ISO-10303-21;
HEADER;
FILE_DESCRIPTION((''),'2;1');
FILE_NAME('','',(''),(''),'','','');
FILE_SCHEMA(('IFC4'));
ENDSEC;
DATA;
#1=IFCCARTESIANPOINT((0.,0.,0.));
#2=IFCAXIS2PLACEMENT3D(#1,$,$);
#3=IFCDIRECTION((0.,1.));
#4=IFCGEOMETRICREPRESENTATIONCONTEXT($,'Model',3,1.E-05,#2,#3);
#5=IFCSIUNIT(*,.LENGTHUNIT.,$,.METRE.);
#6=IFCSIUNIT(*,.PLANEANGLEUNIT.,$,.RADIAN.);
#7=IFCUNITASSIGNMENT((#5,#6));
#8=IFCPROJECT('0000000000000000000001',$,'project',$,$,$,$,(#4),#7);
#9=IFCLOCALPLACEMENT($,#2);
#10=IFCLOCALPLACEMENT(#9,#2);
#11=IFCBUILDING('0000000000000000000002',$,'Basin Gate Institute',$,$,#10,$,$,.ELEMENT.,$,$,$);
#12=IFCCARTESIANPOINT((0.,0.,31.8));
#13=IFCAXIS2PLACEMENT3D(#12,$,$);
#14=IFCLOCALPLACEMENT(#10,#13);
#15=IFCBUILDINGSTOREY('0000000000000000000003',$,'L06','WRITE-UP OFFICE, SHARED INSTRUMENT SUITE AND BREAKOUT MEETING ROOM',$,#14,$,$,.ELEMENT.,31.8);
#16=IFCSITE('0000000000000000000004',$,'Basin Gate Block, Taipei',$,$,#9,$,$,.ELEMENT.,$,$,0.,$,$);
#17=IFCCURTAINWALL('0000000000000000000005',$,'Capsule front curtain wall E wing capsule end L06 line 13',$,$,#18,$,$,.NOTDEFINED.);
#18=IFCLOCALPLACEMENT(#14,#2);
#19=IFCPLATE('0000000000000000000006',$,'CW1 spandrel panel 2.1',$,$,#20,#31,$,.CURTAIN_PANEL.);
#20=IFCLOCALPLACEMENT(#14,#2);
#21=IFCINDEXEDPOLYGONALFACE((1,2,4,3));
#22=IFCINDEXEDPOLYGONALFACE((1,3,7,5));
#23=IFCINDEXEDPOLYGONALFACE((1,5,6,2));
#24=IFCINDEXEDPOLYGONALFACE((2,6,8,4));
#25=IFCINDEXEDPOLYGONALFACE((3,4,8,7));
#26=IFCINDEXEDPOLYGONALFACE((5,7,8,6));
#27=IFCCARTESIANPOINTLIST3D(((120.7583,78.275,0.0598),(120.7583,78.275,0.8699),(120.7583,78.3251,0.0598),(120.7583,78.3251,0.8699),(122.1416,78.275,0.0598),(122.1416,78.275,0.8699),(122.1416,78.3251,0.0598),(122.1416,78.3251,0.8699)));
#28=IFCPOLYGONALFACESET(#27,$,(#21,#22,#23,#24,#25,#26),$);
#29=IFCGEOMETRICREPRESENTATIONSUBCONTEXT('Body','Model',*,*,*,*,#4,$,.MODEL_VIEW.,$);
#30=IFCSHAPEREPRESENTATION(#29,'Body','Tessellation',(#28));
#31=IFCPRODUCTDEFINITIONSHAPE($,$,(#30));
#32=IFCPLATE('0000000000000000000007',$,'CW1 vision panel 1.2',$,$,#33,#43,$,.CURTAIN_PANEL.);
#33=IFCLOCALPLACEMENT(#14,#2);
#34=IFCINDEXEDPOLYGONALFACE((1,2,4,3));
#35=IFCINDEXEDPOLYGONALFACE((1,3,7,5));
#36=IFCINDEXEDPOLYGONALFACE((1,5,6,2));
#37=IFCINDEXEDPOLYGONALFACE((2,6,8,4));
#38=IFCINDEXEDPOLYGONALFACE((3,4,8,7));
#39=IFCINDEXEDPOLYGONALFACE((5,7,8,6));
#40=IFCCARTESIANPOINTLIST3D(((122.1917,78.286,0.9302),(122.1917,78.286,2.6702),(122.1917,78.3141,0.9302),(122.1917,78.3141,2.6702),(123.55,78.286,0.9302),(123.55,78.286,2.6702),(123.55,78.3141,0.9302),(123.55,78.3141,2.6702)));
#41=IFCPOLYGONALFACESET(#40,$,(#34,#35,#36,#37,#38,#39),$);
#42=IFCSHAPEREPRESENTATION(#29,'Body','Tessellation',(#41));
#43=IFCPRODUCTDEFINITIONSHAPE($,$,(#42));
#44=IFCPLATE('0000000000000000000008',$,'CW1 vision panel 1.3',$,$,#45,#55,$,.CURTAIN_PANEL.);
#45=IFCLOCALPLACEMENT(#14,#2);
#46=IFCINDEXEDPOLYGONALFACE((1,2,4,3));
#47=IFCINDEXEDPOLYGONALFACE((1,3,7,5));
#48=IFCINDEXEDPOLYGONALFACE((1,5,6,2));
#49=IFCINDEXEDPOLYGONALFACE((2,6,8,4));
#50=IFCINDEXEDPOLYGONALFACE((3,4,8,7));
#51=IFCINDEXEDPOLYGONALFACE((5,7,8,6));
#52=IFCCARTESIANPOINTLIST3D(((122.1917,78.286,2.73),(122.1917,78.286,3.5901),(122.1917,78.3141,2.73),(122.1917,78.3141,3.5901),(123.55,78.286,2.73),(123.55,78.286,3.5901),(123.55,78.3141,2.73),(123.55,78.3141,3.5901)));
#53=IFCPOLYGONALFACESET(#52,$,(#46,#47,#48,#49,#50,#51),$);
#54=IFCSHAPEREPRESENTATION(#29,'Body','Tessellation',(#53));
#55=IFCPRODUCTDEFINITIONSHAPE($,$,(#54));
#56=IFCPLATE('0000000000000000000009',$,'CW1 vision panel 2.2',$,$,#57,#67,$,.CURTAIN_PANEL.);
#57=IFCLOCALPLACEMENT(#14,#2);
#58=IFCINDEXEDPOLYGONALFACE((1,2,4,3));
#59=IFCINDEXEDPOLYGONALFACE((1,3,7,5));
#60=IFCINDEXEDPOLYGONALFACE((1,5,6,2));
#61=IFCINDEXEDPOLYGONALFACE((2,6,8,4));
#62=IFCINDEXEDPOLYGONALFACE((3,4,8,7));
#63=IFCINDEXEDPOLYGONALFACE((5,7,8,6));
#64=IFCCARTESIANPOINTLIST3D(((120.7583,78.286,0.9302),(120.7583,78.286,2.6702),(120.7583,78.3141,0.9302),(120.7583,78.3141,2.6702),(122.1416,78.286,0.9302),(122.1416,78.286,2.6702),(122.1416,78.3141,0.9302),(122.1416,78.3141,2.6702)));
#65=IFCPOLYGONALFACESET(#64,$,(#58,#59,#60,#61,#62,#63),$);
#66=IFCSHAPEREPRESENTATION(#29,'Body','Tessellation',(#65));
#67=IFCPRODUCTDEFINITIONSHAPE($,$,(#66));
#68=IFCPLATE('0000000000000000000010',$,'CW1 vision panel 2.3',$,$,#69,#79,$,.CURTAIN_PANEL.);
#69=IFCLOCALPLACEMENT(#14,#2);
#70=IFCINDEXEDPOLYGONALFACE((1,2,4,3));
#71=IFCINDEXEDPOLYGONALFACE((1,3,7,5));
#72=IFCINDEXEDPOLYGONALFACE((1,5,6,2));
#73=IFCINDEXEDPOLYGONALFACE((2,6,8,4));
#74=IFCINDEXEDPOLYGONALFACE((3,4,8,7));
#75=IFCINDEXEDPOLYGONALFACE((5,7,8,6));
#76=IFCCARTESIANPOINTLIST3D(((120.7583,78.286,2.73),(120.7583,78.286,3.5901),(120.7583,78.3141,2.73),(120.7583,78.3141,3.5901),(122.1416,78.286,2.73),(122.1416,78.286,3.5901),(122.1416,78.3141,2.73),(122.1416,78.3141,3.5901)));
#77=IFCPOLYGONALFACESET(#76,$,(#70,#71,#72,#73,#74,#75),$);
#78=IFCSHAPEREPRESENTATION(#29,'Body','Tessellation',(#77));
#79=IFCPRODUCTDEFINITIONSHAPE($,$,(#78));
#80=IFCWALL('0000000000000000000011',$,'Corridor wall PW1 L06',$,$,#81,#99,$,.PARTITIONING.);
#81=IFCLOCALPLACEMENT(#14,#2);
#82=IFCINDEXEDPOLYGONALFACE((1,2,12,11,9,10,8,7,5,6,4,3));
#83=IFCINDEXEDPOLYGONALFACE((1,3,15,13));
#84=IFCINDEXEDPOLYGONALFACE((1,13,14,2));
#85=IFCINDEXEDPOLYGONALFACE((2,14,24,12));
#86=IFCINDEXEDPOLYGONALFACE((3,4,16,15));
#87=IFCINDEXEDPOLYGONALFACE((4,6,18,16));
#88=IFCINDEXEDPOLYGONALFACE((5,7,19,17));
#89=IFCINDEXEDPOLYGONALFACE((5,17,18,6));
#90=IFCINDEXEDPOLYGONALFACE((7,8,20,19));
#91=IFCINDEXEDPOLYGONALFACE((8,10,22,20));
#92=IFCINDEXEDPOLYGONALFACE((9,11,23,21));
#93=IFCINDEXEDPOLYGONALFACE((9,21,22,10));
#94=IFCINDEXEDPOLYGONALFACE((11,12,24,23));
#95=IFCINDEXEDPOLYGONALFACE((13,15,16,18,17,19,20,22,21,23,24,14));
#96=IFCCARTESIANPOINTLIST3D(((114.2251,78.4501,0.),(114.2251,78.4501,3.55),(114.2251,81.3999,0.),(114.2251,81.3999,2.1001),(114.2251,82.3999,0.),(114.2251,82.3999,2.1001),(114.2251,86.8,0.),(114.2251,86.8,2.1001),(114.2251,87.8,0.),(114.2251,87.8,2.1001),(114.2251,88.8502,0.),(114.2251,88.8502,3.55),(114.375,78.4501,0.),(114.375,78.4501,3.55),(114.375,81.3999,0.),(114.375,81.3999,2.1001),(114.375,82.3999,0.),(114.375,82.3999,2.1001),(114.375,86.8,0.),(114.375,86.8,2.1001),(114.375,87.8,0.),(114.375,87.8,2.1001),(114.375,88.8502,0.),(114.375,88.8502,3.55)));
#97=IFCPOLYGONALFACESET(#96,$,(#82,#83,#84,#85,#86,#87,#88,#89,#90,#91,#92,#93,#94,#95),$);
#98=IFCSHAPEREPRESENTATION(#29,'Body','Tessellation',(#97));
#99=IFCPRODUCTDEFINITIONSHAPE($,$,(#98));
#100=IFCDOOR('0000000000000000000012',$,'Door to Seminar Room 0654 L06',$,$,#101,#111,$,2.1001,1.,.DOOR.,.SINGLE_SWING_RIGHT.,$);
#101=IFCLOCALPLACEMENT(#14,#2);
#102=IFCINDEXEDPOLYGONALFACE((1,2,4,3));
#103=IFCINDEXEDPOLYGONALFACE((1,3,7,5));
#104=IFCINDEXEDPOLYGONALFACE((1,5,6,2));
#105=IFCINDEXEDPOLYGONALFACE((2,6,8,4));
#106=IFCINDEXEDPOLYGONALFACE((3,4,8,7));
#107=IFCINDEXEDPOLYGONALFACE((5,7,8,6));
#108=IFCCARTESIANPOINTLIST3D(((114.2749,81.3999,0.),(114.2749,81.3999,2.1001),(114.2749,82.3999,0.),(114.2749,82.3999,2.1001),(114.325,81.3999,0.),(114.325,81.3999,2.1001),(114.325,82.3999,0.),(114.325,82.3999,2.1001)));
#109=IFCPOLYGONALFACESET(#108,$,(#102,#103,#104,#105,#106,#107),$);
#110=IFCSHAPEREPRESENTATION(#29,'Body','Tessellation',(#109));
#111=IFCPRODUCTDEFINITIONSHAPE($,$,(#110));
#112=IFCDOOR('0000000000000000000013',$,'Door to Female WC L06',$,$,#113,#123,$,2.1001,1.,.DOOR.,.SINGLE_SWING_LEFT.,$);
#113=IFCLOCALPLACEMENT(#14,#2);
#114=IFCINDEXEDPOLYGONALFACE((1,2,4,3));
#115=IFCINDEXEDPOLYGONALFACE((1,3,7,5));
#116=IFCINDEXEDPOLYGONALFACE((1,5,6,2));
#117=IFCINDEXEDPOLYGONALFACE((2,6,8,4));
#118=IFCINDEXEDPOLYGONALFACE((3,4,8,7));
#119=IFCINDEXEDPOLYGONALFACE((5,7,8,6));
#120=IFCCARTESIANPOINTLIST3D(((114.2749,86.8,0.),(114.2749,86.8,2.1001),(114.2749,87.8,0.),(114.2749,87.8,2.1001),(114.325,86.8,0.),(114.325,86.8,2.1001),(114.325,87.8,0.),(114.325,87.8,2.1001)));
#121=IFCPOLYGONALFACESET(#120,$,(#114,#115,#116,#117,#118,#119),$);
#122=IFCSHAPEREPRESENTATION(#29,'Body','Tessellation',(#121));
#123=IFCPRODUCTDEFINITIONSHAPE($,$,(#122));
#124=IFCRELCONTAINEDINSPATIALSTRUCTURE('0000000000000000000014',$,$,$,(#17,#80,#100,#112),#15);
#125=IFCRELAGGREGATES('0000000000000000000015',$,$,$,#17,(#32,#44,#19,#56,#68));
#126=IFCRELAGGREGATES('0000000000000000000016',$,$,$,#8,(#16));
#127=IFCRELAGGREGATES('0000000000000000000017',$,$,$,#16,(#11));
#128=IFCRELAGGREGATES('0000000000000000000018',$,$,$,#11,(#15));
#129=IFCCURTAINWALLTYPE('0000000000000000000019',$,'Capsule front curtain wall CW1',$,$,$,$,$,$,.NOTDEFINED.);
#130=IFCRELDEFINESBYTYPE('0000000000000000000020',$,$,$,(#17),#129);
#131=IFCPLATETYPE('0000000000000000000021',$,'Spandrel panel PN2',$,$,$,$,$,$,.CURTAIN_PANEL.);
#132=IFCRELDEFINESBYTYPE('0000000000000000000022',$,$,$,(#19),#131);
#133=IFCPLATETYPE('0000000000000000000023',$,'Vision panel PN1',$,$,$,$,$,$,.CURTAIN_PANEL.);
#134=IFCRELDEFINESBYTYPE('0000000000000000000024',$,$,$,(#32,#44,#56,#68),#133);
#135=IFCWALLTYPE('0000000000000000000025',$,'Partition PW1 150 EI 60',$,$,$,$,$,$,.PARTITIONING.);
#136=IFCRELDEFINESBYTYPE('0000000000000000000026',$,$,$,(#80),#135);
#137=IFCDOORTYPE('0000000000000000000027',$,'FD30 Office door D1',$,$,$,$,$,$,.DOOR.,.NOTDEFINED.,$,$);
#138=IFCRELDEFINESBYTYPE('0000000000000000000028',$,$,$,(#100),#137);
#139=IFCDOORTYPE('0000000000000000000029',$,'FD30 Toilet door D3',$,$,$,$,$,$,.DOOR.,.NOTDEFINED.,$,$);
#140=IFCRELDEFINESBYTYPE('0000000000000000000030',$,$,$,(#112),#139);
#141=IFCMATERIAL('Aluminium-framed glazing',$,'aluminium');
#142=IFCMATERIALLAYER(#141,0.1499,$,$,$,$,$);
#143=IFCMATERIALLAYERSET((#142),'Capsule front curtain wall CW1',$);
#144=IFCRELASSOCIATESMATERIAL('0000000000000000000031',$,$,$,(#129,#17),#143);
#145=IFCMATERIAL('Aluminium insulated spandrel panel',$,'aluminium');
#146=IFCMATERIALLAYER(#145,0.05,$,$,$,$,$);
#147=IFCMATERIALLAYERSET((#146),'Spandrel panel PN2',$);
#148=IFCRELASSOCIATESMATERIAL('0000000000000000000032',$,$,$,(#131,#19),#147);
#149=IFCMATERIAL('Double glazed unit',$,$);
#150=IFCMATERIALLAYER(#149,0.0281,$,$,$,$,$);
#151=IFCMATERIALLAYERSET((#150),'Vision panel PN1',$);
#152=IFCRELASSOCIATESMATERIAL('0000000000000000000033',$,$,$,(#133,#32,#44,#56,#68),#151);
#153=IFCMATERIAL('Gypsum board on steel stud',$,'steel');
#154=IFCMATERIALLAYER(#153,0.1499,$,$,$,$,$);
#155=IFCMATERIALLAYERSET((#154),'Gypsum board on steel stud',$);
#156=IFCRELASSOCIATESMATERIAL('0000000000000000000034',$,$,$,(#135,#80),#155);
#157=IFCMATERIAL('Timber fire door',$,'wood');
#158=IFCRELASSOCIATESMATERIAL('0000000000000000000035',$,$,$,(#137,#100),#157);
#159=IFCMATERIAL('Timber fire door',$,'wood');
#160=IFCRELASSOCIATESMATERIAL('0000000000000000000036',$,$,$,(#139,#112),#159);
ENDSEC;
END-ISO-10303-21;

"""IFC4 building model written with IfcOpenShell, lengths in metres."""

from ifc_helpers import new_model, si_unit, direction, frame, frame_2d, origin, origin_2d, place, context, subcontext, project, spatial, rectangle, extrude, material, layer, layer_set, type_object, element, fill, aggregate, save


model = new_model("IFC4")

# Units and contexts
model_context = context("Model", 3, precision=1e-05, world=origin(), true_north=direction((0.0, 1.0)))
body_context = subcontext(model_context, "Body", "Model", "MODEL_VIEW")
ifc_project = project(units=[si_unit("LENGTHUNIT", "METRE"), si_unit("PLANEANGLEUNIT", "RADIAN")], contexts=[model_context])

# Site, building, storey
site_placement = place(None, origin())
site = spatial("IfcSite", under=ifc_project, at=site_placement, Name="Basin Gate Block, Taipei", CompositionType="ELEMENT", RefElevation=0.0)
building_placement = place(site_placement, origin())
building = spatial("IfcBuilding", under=site, at=building_placement, Name="Basin Gate Institute", CompositionType="ELEMENT")
storey_placement = place(building_placement, frame((0.0, 0.0, 31.8)))
storey = spatial("IfcBuildingStorey", under=building, at=storey_placement, Name="L06", Description="WRITE-UP OFFICE, SHARED INSTRUMENT SUITE AND BREAKOUT MEETING ROOM", CompositionType="ELEMENT", Elevation=31.8)

# Curtain wall
ifc_material_1 = material(Name="Aluminium-framed glazing", Category="aluminium")
ifc_layer_1 = layer(ifc_material_1, 0.1499)
ifc_layer_set_1 = layer_set([ifc_layer_1], Name="Capsule front curtain wall CW1")
curtain_wall_type = type_object("IfcCurtainWallType", Name="Capsule front curtain wall CW1", PredefinedType="NOTDEFINED", material=ifc_layer_set_1)
curtain_wall_placement = place(storey_placement, origin())
curtain_wall = element("IfcCurtainWall", 1, at=curtain_wall_placement, inside=storey, type_object=curtain_wall_type, material=ifc_layer_set_1, Name="Capsule front curtain wall E wing capsule end L06 line 13", PredefinedType="NOTDEFINED")

# Plates
ifc_material_2 = material(Name="Aluminium insulated spandrel panel", Category="aluminium")
ifc_layer_2 = layer(ifc_material_2, 0.05)
ifc_layer_set_2 = layer_set([ifc_layer_2], Name="Spandrel panel PN2")
plate_type_1 = type_object("IfcPlateType", Name="Spandrel panel PN2", PredefinedType="CURTAIN_PANEL", material=ifc_layer_set_2)
plate_1_placement = place(storey_placement, frame((121.45, 78.3, 0.0598), z_axis=(0.0, 0.0, 1.0), x_axis=(-1.0, 0.0, 0.0)))
plate_1 = element("IfcPlate", 2, at=plate_1_placement, type_object=plate_type_1, material=ifc_layer_set_2, Name="CW1 spandrel panel 2.1", PredefinedType="CURTAIN_PANEL", context=body_context, shape_type="SweptSolid", body=[
    extrude(rectangle(XDim=1.3833, YDim=0.05, at=origin_2d()), origin(), (0.0, 0.0, 1.0), 0.8101),
])
ifc_material_3 = material(Name="Double glazed unit")
ifc_layer_3 = layer(ifc_material_3, 0.0281)
ifc_layer_set_3 = layer_set([ifc_layer_3], Name="Vision panel PN1")
plate_type_2 = type_object("IfcPlateType", Name="Vision panel PN1", PredefinedType="CURTAIN_PANEL", material=ifc_layer_set_3)
plate_2_placement = place(storey_placement, frame((122.8708, 78.3, 0.9302), z_axis=(0.0, 0.0, 1.0), x_axis=(-1.0, 0.0, 0.0)))
plate_2 = element("IfcPlate", 3, at=plate_2_placement, type_object=plate_type_2, material=ifc_layer_set_3, Name="CW1 vision panel 1.2", PredefinedType="CURTAIN_PANEL", context=body_context, shape_type="SweptSolid", body=[
    extrude(rectangle(XDim=1.3584, YDim=0.0281, at=origin_2d()), origin(), (0.0, 0.0, 1.0), 1.74),
])
plate_3_placement = place(storey_placement, frame((122.8708, 78.3, 2.73), z_axis=(0.0, 0.0, 1.0), x_axis=(-1.0, 0.0, 0.0)))
plate_3 = element("IfcPlate", 4, at=plate_3_placement, type_object=plate_type_2, material=ifc_layer_set_3, Name="CW1 vision panel 1.3", PredefinedType="CURTAIN_PANEL", context=body_context, shape_type="SweptSolid", body=[
    extrude(rectangle(XDim=1.3584, YDim=0.0281, at=origin_2d()), origin(), (0.0, 0.0, 1.0), 0.8601),
])
plate_4_placement = place(storey_placement, frame((121.45, 78.3, 0.9302), z_axis=(0.0, 0.0, 1.0), x_axis=(-1.0, 0.0, 0.0)))
plate_4 = element("IfcPlate", 5, at=plate_4_placement, type_object=plate_type_2, material=ifc_layer_set_3, Name="CW1 vision panel 2.2", PredefinedType="CURTAIN_PANEL", context=body_context, shape_type="SweptSolid", body=[
    extrude(rectangle(XDim=1.3833, YDim=0.0281, at=origin_2d()), origin(), (0.0, 0.0, 1.0), 1.74),
])
plate_5_placement = place(storey_placement, frame((121.45, 78.3, 2.73), z_axis=(0.0, 0.0, 1.0), x_axis=(-1.0, 0.0, 0.0)))
plate_5 = element("IfcPlate", 6, at=plate_5_placement, type_object=plate_type_2, material=ifc_layer_set_3, Name="CW1 vision panel 2.3", PredefinedType="CURTAIN_PANEL", context=body_context, shape_type="SweptSolid", body=[
    extrude(rectangle(XDim=1.3833, YDim=0.0281, at=origin_2d()), origin(), (0.0, 0.0, 1.0), 0.8601),
])
aggregate(curtain_wall, [plate_2, plate_3, plate_1, plate_4, plate_5])

# Wall, openings, doors
ifc_material_4 = material(Name="Gypsum board on steel stud", Category="steel")
ifc_layer_4 = layer(ifc_material_4, 0.1499)
ifc_layer_set_4 = layer_set([ifc_layer_4], Name="Gypsum board on steel stud")
wall_type = type_object("IfcWallType", Name="Partition PW1 150 EI 60", PredefinedType="PARTITIONING", material=ifc_layer_set_4)
wall_placement = place(storey_placement, frame((114.3, 78.45, 0.0), z_axis=(0.0, 0.0, 1.0), x_axis=(0.0, 1.0, 0.0)))
wall = element("IfcWall", 7, at=wall_placement, inside=storey, type_object=wall_type, material=ifc_layer_set_4, Name="Corridor wall PW1 L06", PredefinedType="PARTITIONING", context=body_context, shape_type="SweptSolid", body=[
    extrude(rectangle(XDim=10.4001, YDim=0.1499, at=frame_2d((5.2002, 0.0))), origin(), (0.0, 0.0, 1.0), 3.55),
])
opening_1_placement = place(wall_placement, frame((8.3501, 0.0, 0.0)))
opening_1 = element("IfcOpeningElement", 8, at=opening_1_placement, cuts=wall, PredefinedType="OPENING", context=body_context, shape_type="SweptSolid", body=[
    extrude(rectangle(XDim=1.0, YDim=2.1001, at=frame_2d((0.5, 1.05))), frame((0.0, 0.085, 0.0), z_axis=(0.0, -1.0, 0.0), x_axis=(1.0, 0.0, 0.0)), (0.0, 0.0, 1.0), 0.1699),
])
opening_2_placement = place(wall_placement, frame((2.95, 0.0, 0.0)))
opening_2 = element("IfcOpeningElement", 9, at=opening_2_placement, cuts=wall, PredefinedType="OPENING", context=body_context, shape_type="SweptSolid", body=[
    extrude(rectangle(XDim=1.0, YDim=2.1001, at=frame_2d((0.5, 1.05))), frame((0.0, 0.085, 0.0), z_axis=(0.0, -1.0, 0.0), x_axis=(1.0, 0.0, 0.0)), (0.0, 0.0, 1.0), 0.1699),
])
ifc_material_5 = material(Name="Timber fire door", Category="wood")
door_type_1 = type_object("IfcDoorType", Name="FD30 Office door D1", OperationType="NOTDEFINED", PredefinedType="DOOR", material=ifc_material_5)
door_1_placement = place(opening_2_placement, frame((1.0, 0.0, 0.0), z_axis=(0.0, 0.0, 1.0), x_axis=(-1.0, 0.0, 0.0)))
door_1 = element("IfcDoor", 10, at=door_1_placement, inside=storey, type_object=door_type_1, material=ifc_material_5, Name="Door to Seminar Room 0654 L06", OperationType="SINGLE_SWING_RIGHT", OverallHeight=2.1001, OverallWidth=1.0, PredefinedType="DOOR", context=body_context, shape_type="SweptSolid", body=[
    extrude(rectangle(XDim=1.0, YDim=2.1001, at=frame_2d((0.5, 1.05))), frame((0.0, 0.0249, 0.0), z_axis=(0.0, -1.0, 0.0), x_axis=(1.0, 0.0, 0.0)), (0.0, 0.0, 1.0), 0.05),
])
fill(opening_2, door_1)
ifc_material_6 = material(Name="Timber fire door", Category="wood")
door_type_2 = type_object("IfcDoorType", Name="FD30 Toilet door D3", OperationType="NOTDEFINED", PredefinedType="DOOR", material=ifc_material_6)
door_2_placement = place(opening_1_placement, frame((1.0, 0.0, 0.0), z_axis=(0.0, 0.0, 1.0), x_axis=(-1.0, 0.0, 0.0)))
door_2 = element("IfcDoor", 11, at=door_2_placement, inside=storey, type_object=door_type_2, material=ifc_material_6, Name="Door to Female WC L06", OperationType="SINGLE_SWING_LEFT", OverallHeight=2.1001, OverallWidth=1.0, PredefinedType="DOOR", context=body_context, shape_type="SweptSolid", body=[
    extrude(rectangle(XDim=1.0, YDim=2.1001, at=frame_2d((0.5, 1.05))), frame((0.0, 0.0249, 0.0), z_axis=(0.0, -1.0, 0.0), x_axis=(1.0, 0.0, 0.0)), (0.0, 0.0, 1.0), 0.05),
])
fill(opening_1, door_2)

save(model, "model.ifc")
